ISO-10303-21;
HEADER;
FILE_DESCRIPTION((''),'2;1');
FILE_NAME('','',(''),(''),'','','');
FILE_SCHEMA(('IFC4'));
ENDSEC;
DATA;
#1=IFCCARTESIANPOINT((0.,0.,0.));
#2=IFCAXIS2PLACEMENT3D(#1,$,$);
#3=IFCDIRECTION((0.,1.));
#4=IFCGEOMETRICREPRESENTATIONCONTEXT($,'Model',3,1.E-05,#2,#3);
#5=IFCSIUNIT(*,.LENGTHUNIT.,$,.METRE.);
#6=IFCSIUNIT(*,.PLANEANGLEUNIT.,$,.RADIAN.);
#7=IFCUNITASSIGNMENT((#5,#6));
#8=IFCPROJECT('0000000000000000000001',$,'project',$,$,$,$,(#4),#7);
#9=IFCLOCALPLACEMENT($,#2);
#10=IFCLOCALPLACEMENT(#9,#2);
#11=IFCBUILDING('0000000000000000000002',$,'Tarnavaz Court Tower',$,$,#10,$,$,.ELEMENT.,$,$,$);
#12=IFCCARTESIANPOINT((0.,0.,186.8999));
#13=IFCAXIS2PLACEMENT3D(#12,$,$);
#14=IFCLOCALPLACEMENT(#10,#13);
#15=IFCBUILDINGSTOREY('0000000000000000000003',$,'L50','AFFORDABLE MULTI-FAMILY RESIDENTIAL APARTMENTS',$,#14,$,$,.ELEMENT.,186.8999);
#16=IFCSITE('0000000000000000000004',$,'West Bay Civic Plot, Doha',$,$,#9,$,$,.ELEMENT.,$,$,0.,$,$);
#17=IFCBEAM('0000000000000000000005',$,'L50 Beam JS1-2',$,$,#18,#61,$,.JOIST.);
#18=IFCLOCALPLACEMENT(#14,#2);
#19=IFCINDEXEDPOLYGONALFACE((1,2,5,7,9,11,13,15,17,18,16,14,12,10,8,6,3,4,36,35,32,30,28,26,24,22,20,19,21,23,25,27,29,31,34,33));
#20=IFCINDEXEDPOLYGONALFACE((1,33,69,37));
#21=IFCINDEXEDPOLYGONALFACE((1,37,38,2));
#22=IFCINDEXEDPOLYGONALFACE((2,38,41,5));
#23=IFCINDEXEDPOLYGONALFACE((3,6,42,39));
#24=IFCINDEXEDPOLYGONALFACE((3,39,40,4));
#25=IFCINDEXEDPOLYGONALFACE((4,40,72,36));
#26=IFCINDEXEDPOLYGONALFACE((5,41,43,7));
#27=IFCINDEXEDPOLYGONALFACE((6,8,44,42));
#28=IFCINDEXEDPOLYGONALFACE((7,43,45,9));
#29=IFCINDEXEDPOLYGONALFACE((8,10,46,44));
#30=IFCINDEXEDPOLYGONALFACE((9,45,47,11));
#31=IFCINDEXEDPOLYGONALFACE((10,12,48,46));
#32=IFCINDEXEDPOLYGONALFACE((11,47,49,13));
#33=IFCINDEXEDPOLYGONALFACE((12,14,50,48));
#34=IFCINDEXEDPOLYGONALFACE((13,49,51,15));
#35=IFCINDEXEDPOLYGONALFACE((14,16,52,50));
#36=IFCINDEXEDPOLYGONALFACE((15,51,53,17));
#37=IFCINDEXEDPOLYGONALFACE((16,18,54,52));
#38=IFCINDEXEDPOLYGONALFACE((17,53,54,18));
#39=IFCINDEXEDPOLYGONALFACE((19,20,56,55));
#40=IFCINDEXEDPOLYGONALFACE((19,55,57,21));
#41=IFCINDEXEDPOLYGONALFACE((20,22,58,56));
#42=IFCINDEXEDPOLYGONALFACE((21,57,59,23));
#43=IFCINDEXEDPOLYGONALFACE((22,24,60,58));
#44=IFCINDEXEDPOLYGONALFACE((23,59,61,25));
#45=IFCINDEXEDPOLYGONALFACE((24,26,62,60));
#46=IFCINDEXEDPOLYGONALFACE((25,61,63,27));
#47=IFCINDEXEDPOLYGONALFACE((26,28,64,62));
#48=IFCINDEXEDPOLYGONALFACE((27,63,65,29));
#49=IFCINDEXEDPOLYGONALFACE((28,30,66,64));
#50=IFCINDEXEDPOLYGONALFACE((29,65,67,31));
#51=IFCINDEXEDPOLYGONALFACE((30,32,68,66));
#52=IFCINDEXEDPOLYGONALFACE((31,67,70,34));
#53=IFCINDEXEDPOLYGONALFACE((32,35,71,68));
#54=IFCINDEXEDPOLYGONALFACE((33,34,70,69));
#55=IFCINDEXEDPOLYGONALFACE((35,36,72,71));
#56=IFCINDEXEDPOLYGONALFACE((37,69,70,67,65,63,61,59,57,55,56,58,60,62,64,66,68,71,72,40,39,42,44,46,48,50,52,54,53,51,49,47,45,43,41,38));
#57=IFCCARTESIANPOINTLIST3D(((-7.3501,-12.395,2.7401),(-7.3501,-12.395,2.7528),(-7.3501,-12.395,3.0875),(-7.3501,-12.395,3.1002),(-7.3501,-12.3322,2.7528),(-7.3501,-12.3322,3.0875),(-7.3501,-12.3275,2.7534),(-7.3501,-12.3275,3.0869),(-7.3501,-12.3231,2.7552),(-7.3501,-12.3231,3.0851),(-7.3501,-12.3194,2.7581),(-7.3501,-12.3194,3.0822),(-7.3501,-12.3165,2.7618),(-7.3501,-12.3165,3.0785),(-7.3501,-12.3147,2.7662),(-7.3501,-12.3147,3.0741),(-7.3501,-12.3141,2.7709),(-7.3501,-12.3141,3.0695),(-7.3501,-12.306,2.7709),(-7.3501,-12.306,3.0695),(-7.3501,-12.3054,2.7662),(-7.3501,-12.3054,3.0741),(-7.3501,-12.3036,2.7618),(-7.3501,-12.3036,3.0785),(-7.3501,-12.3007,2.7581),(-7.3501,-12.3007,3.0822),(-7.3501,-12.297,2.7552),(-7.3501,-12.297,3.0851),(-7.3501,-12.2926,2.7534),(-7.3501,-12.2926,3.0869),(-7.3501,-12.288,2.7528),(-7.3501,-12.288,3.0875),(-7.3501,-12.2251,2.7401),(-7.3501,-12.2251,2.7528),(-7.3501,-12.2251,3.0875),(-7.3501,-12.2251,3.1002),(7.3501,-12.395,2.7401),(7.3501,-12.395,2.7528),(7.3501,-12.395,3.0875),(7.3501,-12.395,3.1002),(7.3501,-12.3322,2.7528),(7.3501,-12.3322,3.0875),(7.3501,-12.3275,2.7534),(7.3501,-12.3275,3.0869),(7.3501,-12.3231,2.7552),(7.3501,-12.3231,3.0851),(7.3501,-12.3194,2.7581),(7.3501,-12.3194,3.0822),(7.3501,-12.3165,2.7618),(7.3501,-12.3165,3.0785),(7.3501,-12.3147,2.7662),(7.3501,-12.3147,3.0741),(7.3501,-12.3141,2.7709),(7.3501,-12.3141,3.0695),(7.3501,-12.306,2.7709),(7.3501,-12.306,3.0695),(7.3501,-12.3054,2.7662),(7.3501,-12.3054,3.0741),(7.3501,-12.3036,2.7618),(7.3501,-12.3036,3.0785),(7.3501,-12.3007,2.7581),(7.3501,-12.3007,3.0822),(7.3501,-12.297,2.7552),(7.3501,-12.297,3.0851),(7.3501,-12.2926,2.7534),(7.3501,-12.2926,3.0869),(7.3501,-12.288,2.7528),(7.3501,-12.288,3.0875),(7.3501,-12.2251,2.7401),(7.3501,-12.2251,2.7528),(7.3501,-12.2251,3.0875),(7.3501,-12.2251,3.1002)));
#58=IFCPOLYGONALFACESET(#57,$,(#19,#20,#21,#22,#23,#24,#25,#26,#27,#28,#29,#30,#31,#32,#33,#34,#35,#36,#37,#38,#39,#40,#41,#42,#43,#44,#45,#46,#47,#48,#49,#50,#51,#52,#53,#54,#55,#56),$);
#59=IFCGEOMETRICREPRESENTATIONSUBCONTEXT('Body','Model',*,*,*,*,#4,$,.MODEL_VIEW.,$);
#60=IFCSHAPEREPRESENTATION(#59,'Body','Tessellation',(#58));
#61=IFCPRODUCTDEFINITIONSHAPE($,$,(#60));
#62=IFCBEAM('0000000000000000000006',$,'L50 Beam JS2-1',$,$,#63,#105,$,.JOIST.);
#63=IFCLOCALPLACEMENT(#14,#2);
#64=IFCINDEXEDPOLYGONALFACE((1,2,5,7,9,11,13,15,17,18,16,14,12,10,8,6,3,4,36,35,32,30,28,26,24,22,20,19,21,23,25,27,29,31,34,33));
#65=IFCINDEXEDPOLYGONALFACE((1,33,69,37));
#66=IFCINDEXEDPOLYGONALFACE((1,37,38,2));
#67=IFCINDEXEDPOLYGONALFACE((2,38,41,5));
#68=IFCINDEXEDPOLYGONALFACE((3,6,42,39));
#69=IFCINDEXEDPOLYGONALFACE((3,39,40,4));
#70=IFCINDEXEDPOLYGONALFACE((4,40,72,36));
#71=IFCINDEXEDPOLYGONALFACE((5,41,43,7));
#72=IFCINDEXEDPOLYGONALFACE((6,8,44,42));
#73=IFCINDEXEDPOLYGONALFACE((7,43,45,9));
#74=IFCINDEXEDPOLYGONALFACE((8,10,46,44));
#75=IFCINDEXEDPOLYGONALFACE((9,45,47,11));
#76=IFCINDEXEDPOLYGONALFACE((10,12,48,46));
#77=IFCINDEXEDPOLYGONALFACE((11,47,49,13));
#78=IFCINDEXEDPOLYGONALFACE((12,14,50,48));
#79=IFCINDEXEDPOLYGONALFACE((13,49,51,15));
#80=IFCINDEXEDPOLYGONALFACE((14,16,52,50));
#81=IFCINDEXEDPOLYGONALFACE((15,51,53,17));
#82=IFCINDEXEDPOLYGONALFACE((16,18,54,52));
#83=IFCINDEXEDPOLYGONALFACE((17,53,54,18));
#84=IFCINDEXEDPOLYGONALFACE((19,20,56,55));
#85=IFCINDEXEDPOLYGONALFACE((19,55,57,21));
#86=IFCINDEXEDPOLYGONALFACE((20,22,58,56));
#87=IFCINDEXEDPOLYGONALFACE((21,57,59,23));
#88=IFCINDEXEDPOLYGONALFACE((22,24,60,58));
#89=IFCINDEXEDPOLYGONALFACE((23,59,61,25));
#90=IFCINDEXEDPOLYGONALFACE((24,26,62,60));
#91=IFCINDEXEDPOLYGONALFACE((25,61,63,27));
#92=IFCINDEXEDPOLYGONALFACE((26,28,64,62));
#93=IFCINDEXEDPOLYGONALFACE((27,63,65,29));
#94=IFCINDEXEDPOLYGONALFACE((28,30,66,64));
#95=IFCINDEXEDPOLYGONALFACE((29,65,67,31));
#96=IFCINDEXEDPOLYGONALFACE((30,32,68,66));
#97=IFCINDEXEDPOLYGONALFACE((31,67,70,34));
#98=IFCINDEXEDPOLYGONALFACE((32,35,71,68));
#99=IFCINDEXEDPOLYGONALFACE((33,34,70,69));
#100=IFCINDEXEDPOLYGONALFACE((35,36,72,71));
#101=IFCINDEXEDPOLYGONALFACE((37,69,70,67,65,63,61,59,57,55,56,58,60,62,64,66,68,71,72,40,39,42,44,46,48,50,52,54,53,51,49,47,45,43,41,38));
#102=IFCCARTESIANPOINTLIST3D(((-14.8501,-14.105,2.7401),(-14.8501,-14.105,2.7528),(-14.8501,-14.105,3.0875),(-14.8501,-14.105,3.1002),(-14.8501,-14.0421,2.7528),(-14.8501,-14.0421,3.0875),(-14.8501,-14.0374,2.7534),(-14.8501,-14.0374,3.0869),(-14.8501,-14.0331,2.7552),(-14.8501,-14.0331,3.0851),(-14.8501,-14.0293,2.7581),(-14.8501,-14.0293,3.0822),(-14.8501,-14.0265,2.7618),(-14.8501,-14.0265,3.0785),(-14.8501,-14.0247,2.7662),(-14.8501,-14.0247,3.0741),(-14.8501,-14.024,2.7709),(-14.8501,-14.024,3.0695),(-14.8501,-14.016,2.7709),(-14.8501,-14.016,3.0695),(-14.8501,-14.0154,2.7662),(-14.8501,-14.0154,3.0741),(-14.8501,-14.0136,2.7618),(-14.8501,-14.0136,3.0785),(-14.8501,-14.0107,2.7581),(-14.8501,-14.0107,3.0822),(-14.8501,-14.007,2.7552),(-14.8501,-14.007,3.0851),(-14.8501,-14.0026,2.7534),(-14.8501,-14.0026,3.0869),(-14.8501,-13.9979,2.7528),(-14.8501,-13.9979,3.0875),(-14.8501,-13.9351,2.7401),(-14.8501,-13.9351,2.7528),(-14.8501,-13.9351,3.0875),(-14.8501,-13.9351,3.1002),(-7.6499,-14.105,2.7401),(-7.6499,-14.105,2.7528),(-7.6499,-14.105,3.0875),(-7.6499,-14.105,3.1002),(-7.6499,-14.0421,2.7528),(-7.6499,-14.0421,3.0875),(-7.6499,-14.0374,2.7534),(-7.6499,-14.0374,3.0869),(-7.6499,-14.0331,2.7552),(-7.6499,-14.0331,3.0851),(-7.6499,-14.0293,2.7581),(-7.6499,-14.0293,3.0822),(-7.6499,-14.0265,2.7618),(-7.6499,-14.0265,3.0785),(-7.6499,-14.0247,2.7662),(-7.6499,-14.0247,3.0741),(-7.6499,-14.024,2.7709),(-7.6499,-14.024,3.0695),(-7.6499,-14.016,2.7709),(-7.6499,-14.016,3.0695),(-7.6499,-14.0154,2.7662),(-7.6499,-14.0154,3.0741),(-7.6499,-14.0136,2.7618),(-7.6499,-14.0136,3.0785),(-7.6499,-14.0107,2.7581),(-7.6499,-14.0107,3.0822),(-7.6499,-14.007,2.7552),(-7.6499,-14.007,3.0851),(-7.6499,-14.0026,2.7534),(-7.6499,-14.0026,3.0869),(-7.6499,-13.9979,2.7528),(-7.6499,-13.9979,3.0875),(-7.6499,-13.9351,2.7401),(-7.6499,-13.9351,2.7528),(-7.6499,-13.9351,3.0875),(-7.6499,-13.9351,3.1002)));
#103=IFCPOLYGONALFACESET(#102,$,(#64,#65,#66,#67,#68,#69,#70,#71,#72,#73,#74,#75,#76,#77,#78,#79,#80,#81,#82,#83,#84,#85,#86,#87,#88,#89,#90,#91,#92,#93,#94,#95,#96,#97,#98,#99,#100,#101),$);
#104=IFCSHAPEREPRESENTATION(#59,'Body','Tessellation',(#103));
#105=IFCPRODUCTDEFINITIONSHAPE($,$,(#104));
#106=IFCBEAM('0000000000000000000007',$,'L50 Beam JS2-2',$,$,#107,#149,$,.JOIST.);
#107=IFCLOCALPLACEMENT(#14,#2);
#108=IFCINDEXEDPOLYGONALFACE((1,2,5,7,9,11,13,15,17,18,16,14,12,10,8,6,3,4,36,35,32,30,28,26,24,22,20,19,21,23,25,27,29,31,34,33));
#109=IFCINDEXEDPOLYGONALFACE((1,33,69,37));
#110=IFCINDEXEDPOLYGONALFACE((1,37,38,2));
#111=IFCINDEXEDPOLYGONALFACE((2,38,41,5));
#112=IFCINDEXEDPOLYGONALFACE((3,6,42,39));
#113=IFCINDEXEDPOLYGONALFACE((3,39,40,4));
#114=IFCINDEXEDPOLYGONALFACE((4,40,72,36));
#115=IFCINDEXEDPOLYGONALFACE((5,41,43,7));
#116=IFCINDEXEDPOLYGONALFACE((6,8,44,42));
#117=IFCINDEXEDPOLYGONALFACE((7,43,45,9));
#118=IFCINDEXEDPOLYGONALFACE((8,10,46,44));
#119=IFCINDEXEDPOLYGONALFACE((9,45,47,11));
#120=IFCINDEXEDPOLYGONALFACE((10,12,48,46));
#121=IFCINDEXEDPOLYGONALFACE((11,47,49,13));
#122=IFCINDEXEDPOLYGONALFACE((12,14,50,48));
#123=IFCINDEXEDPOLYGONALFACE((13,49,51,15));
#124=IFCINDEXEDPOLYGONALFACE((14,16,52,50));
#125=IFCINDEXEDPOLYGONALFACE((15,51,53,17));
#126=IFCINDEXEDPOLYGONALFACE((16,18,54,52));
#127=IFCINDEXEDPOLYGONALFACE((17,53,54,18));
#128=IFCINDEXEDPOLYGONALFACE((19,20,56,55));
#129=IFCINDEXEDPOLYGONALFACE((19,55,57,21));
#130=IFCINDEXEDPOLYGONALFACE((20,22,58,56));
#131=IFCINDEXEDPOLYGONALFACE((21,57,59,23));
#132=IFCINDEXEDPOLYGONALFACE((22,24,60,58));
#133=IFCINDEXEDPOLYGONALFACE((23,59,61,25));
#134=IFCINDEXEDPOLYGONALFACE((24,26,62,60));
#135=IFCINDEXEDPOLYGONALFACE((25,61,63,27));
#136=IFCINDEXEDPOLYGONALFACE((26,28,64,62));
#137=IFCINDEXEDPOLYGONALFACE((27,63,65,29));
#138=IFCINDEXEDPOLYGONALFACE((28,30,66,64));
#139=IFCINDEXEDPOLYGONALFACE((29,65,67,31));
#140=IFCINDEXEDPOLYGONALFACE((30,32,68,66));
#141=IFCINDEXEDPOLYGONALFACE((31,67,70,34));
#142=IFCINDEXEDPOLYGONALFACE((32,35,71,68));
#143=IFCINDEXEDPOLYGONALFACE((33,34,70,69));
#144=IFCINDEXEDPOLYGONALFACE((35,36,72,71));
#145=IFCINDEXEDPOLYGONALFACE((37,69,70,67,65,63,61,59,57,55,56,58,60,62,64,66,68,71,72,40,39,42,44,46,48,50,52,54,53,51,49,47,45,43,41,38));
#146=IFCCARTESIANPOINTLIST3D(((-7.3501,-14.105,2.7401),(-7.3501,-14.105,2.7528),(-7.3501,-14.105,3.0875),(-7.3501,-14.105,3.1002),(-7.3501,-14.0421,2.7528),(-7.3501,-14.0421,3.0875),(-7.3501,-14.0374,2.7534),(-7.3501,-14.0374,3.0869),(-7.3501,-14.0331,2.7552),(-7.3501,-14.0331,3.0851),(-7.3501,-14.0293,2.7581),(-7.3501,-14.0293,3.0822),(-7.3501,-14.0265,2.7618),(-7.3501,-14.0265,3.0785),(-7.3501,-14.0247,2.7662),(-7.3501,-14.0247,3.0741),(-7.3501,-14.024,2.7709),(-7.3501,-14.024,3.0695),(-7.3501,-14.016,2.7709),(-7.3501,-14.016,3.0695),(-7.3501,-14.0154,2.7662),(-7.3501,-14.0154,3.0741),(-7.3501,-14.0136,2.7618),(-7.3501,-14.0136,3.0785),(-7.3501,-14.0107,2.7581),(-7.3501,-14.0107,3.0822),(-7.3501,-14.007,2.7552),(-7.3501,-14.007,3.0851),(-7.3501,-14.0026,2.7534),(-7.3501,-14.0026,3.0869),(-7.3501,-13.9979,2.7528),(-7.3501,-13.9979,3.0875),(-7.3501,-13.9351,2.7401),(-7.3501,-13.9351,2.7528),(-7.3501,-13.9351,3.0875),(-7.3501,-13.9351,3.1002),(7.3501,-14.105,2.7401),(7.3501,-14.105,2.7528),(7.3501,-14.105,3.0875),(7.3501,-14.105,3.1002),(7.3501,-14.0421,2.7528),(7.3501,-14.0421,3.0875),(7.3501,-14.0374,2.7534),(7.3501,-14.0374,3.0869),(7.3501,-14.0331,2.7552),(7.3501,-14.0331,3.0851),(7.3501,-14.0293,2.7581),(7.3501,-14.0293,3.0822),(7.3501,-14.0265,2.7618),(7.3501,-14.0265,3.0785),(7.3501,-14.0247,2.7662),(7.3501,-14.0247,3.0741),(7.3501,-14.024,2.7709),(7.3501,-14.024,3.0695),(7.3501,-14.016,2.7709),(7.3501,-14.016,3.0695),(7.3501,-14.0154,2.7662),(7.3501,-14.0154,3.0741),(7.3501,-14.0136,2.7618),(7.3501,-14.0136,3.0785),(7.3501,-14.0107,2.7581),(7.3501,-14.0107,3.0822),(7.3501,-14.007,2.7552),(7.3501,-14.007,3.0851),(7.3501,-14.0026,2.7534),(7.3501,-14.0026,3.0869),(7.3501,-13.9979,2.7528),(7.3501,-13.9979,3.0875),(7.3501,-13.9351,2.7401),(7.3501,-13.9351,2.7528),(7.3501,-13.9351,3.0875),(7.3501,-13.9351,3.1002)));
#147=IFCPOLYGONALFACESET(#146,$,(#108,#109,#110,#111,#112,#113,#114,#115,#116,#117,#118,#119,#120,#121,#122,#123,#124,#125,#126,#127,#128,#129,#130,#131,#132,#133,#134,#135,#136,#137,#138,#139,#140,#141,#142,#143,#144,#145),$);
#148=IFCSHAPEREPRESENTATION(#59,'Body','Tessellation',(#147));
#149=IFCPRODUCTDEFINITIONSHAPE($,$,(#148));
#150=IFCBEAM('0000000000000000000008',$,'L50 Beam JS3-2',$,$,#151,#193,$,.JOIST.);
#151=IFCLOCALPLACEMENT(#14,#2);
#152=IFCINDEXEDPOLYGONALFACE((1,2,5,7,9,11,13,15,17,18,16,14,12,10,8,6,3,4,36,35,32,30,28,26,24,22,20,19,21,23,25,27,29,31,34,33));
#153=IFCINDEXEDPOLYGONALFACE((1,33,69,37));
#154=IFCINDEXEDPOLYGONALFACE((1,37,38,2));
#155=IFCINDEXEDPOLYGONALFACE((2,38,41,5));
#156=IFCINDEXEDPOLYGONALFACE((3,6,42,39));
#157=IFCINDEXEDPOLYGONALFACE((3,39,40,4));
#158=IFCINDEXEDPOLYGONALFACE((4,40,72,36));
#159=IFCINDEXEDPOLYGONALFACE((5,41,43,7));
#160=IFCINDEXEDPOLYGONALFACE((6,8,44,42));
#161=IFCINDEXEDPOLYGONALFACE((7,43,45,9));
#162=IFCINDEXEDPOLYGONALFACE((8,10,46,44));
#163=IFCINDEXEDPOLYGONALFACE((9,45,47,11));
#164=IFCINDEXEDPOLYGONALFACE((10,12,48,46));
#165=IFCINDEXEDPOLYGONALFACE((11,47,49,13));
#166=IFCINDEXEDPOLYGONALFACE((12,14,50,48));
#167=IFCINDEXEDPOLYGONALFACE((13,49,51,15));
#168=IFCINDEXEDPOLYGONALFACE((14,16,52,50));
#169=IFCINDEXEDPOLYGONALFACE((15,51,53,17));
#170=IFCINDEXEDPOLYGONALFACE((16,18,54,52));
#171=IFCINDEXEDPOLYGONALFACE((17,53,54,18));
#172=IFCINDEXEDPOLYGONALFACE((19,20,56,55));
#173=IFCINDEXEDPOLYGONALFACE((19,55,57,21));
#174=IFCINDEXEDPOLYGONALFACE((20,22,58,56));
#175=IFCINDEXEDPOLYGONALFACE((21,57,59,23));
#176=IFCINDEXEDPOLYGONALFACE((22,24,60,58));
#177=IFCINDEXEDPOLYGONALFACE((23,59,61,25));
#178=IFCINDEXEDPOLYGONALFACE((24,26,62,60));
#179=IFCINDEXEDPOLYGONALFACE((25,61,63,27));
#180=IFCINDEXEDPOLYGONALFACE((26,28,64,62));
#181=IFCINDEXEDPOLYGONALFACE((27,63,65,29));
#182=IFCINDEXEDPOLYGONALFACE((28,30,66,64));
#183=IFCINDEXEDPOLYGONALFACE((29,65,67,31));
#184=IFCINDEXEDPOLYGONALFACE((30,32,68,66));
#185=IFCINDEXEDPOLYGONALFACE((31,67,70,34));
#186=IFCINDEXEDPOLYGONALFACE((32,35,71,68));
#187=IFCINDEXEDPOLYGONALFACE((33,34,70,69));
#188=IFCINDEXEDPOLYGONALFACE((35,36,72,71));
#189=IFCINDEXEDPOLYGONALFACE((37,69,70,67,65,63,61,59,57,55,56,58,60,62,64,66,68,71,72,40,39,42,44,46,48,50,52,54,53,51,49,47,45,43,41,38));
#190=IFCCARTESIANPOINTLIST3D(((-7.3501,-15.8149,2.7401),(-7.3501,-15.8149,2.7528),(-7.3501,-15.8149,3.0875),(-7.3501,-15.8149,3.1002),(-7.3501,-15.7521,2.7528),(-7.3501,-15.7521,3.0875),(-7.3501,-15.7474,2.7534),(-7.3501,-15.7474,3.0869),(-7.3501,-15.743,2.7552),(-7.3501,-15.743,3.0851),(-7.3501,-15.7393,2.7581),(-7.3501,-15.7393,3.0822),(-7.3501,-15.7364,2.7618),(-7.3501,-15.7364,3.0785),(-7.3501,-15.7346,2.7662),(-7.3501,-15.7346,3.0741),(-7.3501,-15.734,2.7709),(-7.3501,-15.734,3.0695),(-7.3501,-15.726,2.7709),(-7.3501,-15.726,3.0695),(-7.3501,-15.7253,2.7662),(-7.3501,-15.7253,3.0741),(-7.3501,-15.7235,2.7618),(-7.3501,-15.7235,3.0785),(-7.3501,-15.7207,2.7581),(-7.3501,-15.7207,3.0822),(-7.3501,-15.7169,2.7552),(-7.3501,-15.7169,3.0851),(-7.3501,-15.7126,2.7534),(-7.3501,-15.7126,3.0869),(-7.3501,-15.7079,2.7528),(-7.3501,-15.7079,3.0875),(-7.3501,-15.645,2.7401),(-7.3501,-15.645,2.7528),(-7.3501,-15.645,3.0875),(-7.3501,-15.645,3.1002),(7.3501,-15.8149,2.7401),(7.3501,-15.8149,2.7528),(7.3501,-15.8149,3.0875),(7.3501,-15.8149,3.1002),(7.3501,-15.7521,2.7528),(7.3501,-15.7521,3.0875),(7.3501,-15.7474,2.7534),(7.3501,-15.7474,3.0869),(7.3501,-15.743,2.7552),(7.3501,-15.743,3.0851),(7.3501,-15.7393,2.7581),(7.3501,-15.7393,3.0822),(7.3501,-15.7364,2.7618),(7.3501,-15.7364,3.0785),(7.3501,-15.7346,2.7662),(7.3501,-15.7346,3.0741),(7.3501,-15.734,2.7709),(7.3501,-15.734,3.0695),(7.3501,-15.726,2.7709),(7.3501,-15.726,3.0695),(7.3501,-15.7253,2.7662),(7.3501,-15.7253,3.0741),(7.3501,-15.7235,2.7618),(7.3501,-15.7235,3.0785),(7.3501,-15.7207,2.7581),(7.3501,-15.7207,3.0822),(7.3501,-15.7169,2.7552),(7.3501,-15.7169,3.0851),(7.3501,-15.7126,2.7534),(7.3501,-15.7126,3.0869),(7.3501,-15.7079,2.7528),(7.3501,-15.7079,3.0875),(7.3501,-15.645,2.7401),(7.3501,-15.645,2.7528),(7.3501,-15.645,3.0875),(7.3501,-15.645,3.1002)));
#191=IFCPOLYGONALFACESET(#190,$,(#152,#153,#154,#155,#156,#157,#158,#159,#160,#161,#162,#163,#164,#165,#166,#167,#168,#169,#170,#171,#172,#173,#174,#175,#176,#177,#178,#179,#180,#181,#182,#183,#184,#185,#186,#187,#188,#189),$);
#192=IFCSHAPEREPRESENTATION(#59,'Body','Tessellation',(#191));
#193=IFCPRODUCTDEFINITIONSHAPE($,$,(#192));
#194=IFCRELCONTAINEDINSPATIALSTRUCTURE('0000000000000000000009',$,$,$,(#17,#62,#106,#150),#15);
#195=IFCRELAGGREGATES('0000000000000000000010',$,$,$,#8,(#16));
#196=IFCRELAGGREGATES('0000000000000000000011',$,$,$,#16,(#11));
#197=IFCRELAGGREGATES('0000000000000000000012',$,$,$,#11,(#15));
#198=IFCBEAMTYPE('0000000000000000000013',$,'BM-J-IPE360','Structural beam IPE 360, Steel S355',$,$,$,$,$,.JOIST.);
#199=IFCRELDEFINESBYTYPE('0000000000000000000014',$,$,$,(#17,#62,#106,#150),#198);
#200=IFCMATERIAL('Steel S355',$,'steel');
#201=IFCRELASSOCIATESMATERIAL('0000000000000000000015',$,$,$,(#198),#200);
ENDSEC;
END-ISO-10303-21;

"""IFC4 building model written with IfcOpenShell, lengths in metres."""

from ifc_helpers import new_model, si_unit, direction, frame, origin, origin_2d, place, context, subcontext, project, spatial, i_section, extrude, material, material_profile, profile_set, type_object, element, save


model = new_model("IFC4")

# Units and contexts
model_context = context("Model", 3, precision=1e-05, world=origin(), true_north=direction((0.0, 1.0)))
body_context = subcontext(model_context, "Body", "Model", "MODEL_VIEW")
ifc_project = project(units=[si_unit("LENGTHUNIT", "METRE"), si_unit("PLANEANGLEUNIT", "RADIAN")], contexts=[model_context])

# Site, building, storey
site_placement = place(None, origin())
site = spatial("IfcSite", under=ifc_project, at=site_placement, Name="West Bay Civic Plot, Doha", CompositionType="ELEMENT", RefElevation=0.0)
building_placement = place(site_placement, origin())
building = spatial("IfcBuilding", under=site, at=building_placement, Name="Tarnavaz Court Tower", CompositionType="ELEMENT")
storey_placement = place(building_placement, frame((0.0, 0.0, 186.8999)))
storey = spatial("IfcBuildingStorey", under=building, at=storey_placement, Name="L50", Description="AFFORDABLE MULTI-FAMILY RESIDENTIAL APARTMENTS", CompositionType="ELEMENT", Elevation=186.8999)

# Beams
ifc_material_1 = material(Name="Steel S355", Category="steel")
ifc_material_profile_1 = material_profile(ifc_material_1, i_section(OverallWidth=0.1699, OverallDepth=0.3601, WebThickness=0.0081, FlangeThickness=0.0127, FilletRadius=0.0181, at=origin_2d()), Name="IPE 360")
ifc_profile_set_1 = profile_set([ifc_material_profile_1], Name="Steel S355")
beam_type_1 = type_object("IfcBeamType", Name="BM-J-IPE360", Description="Structural beam IPE 360, Steel S355", PredefinedType="JOIST", material=ifc_profile_set_1)
beam_1_placement = place(storey_placement, frame((-7.3501, -12.3101, 2.9202), z_axis=(1.0, 0.0, 0.0), x_axis=(0.0, 1.0, 0.0)))
element("IfcBeam", 1, at=beam_1_placement, inside=storey, type_object=beam_type_1, Name="L50 Beam JS1-2", PredefinedType="JOIST", context=body_context, shape_type="SweptSolid", body=[
    extrude(i_section(OverallWidth=0.1699, OverallDepth=0.3601, WebThickness=0.0081, FlangeThickness=0.0127, FilletRadius=0.0181, at=origin_2d()), origin(), (0.0, 0.0, 1.0), 14.7002),
])
beam_2_placement = place(storey_placement, frame((-14.8501, -14.02, 2.9202), z_axis=(1.0, 0.0, 0.0), x_axis=(0.0, 1.0, 0.0)))
element("IfcBeam", 2, at=beam_2_placement, inside=storey, type_object=beam_type_1, Name="L50 Beam JS2-1", PredefinedType="JOIST", context=body_context, shape_type="SweptSolid", body=[
    extrude(i_section(OverallWidth=0.1699, OverallDepth=0.3601, WebThickness=0.0081, FlangeThickness=0.0127, FilletRadius=0.0181, at=origin_2d()), origin(), (0.0, 0.0, 1.0), 7.2002),
])
for number, where, z_axis, x_axis, name in (
    (3, (-7.3501, -14.02, 2.9202), (1.0, 0.0, 0.0), (0.0, 1.0, 0.0), "L50 Beam JS2-2"),
    (4, (-7.3501, -15.73, 2.9202), (1.0, 0.0, 0.0), (0.0, 1.0, 0.0), "L50 Beam JS3-2"),
):
    element("IfcBeam", number, at=place(storey_placement, frame(where, z_axis=z_axis, x_axis=x_axis)), inside=storey, type_object=beam_type_1, Name=name, PredefinedType="JOIST", context=body_context, shape_type="SweptSolid", body=[
        extrude(i_section(OverallWidth=0.1699, OverallDepth=0.3601, WebThickness=0.0081, FlangeThickness=0.0127, FilletRadius=0.0181, at=origin_2d()), origin(), (0.0, 0.0, 1.0), 14.7002),
    ])

save(model, "model.ifc")
